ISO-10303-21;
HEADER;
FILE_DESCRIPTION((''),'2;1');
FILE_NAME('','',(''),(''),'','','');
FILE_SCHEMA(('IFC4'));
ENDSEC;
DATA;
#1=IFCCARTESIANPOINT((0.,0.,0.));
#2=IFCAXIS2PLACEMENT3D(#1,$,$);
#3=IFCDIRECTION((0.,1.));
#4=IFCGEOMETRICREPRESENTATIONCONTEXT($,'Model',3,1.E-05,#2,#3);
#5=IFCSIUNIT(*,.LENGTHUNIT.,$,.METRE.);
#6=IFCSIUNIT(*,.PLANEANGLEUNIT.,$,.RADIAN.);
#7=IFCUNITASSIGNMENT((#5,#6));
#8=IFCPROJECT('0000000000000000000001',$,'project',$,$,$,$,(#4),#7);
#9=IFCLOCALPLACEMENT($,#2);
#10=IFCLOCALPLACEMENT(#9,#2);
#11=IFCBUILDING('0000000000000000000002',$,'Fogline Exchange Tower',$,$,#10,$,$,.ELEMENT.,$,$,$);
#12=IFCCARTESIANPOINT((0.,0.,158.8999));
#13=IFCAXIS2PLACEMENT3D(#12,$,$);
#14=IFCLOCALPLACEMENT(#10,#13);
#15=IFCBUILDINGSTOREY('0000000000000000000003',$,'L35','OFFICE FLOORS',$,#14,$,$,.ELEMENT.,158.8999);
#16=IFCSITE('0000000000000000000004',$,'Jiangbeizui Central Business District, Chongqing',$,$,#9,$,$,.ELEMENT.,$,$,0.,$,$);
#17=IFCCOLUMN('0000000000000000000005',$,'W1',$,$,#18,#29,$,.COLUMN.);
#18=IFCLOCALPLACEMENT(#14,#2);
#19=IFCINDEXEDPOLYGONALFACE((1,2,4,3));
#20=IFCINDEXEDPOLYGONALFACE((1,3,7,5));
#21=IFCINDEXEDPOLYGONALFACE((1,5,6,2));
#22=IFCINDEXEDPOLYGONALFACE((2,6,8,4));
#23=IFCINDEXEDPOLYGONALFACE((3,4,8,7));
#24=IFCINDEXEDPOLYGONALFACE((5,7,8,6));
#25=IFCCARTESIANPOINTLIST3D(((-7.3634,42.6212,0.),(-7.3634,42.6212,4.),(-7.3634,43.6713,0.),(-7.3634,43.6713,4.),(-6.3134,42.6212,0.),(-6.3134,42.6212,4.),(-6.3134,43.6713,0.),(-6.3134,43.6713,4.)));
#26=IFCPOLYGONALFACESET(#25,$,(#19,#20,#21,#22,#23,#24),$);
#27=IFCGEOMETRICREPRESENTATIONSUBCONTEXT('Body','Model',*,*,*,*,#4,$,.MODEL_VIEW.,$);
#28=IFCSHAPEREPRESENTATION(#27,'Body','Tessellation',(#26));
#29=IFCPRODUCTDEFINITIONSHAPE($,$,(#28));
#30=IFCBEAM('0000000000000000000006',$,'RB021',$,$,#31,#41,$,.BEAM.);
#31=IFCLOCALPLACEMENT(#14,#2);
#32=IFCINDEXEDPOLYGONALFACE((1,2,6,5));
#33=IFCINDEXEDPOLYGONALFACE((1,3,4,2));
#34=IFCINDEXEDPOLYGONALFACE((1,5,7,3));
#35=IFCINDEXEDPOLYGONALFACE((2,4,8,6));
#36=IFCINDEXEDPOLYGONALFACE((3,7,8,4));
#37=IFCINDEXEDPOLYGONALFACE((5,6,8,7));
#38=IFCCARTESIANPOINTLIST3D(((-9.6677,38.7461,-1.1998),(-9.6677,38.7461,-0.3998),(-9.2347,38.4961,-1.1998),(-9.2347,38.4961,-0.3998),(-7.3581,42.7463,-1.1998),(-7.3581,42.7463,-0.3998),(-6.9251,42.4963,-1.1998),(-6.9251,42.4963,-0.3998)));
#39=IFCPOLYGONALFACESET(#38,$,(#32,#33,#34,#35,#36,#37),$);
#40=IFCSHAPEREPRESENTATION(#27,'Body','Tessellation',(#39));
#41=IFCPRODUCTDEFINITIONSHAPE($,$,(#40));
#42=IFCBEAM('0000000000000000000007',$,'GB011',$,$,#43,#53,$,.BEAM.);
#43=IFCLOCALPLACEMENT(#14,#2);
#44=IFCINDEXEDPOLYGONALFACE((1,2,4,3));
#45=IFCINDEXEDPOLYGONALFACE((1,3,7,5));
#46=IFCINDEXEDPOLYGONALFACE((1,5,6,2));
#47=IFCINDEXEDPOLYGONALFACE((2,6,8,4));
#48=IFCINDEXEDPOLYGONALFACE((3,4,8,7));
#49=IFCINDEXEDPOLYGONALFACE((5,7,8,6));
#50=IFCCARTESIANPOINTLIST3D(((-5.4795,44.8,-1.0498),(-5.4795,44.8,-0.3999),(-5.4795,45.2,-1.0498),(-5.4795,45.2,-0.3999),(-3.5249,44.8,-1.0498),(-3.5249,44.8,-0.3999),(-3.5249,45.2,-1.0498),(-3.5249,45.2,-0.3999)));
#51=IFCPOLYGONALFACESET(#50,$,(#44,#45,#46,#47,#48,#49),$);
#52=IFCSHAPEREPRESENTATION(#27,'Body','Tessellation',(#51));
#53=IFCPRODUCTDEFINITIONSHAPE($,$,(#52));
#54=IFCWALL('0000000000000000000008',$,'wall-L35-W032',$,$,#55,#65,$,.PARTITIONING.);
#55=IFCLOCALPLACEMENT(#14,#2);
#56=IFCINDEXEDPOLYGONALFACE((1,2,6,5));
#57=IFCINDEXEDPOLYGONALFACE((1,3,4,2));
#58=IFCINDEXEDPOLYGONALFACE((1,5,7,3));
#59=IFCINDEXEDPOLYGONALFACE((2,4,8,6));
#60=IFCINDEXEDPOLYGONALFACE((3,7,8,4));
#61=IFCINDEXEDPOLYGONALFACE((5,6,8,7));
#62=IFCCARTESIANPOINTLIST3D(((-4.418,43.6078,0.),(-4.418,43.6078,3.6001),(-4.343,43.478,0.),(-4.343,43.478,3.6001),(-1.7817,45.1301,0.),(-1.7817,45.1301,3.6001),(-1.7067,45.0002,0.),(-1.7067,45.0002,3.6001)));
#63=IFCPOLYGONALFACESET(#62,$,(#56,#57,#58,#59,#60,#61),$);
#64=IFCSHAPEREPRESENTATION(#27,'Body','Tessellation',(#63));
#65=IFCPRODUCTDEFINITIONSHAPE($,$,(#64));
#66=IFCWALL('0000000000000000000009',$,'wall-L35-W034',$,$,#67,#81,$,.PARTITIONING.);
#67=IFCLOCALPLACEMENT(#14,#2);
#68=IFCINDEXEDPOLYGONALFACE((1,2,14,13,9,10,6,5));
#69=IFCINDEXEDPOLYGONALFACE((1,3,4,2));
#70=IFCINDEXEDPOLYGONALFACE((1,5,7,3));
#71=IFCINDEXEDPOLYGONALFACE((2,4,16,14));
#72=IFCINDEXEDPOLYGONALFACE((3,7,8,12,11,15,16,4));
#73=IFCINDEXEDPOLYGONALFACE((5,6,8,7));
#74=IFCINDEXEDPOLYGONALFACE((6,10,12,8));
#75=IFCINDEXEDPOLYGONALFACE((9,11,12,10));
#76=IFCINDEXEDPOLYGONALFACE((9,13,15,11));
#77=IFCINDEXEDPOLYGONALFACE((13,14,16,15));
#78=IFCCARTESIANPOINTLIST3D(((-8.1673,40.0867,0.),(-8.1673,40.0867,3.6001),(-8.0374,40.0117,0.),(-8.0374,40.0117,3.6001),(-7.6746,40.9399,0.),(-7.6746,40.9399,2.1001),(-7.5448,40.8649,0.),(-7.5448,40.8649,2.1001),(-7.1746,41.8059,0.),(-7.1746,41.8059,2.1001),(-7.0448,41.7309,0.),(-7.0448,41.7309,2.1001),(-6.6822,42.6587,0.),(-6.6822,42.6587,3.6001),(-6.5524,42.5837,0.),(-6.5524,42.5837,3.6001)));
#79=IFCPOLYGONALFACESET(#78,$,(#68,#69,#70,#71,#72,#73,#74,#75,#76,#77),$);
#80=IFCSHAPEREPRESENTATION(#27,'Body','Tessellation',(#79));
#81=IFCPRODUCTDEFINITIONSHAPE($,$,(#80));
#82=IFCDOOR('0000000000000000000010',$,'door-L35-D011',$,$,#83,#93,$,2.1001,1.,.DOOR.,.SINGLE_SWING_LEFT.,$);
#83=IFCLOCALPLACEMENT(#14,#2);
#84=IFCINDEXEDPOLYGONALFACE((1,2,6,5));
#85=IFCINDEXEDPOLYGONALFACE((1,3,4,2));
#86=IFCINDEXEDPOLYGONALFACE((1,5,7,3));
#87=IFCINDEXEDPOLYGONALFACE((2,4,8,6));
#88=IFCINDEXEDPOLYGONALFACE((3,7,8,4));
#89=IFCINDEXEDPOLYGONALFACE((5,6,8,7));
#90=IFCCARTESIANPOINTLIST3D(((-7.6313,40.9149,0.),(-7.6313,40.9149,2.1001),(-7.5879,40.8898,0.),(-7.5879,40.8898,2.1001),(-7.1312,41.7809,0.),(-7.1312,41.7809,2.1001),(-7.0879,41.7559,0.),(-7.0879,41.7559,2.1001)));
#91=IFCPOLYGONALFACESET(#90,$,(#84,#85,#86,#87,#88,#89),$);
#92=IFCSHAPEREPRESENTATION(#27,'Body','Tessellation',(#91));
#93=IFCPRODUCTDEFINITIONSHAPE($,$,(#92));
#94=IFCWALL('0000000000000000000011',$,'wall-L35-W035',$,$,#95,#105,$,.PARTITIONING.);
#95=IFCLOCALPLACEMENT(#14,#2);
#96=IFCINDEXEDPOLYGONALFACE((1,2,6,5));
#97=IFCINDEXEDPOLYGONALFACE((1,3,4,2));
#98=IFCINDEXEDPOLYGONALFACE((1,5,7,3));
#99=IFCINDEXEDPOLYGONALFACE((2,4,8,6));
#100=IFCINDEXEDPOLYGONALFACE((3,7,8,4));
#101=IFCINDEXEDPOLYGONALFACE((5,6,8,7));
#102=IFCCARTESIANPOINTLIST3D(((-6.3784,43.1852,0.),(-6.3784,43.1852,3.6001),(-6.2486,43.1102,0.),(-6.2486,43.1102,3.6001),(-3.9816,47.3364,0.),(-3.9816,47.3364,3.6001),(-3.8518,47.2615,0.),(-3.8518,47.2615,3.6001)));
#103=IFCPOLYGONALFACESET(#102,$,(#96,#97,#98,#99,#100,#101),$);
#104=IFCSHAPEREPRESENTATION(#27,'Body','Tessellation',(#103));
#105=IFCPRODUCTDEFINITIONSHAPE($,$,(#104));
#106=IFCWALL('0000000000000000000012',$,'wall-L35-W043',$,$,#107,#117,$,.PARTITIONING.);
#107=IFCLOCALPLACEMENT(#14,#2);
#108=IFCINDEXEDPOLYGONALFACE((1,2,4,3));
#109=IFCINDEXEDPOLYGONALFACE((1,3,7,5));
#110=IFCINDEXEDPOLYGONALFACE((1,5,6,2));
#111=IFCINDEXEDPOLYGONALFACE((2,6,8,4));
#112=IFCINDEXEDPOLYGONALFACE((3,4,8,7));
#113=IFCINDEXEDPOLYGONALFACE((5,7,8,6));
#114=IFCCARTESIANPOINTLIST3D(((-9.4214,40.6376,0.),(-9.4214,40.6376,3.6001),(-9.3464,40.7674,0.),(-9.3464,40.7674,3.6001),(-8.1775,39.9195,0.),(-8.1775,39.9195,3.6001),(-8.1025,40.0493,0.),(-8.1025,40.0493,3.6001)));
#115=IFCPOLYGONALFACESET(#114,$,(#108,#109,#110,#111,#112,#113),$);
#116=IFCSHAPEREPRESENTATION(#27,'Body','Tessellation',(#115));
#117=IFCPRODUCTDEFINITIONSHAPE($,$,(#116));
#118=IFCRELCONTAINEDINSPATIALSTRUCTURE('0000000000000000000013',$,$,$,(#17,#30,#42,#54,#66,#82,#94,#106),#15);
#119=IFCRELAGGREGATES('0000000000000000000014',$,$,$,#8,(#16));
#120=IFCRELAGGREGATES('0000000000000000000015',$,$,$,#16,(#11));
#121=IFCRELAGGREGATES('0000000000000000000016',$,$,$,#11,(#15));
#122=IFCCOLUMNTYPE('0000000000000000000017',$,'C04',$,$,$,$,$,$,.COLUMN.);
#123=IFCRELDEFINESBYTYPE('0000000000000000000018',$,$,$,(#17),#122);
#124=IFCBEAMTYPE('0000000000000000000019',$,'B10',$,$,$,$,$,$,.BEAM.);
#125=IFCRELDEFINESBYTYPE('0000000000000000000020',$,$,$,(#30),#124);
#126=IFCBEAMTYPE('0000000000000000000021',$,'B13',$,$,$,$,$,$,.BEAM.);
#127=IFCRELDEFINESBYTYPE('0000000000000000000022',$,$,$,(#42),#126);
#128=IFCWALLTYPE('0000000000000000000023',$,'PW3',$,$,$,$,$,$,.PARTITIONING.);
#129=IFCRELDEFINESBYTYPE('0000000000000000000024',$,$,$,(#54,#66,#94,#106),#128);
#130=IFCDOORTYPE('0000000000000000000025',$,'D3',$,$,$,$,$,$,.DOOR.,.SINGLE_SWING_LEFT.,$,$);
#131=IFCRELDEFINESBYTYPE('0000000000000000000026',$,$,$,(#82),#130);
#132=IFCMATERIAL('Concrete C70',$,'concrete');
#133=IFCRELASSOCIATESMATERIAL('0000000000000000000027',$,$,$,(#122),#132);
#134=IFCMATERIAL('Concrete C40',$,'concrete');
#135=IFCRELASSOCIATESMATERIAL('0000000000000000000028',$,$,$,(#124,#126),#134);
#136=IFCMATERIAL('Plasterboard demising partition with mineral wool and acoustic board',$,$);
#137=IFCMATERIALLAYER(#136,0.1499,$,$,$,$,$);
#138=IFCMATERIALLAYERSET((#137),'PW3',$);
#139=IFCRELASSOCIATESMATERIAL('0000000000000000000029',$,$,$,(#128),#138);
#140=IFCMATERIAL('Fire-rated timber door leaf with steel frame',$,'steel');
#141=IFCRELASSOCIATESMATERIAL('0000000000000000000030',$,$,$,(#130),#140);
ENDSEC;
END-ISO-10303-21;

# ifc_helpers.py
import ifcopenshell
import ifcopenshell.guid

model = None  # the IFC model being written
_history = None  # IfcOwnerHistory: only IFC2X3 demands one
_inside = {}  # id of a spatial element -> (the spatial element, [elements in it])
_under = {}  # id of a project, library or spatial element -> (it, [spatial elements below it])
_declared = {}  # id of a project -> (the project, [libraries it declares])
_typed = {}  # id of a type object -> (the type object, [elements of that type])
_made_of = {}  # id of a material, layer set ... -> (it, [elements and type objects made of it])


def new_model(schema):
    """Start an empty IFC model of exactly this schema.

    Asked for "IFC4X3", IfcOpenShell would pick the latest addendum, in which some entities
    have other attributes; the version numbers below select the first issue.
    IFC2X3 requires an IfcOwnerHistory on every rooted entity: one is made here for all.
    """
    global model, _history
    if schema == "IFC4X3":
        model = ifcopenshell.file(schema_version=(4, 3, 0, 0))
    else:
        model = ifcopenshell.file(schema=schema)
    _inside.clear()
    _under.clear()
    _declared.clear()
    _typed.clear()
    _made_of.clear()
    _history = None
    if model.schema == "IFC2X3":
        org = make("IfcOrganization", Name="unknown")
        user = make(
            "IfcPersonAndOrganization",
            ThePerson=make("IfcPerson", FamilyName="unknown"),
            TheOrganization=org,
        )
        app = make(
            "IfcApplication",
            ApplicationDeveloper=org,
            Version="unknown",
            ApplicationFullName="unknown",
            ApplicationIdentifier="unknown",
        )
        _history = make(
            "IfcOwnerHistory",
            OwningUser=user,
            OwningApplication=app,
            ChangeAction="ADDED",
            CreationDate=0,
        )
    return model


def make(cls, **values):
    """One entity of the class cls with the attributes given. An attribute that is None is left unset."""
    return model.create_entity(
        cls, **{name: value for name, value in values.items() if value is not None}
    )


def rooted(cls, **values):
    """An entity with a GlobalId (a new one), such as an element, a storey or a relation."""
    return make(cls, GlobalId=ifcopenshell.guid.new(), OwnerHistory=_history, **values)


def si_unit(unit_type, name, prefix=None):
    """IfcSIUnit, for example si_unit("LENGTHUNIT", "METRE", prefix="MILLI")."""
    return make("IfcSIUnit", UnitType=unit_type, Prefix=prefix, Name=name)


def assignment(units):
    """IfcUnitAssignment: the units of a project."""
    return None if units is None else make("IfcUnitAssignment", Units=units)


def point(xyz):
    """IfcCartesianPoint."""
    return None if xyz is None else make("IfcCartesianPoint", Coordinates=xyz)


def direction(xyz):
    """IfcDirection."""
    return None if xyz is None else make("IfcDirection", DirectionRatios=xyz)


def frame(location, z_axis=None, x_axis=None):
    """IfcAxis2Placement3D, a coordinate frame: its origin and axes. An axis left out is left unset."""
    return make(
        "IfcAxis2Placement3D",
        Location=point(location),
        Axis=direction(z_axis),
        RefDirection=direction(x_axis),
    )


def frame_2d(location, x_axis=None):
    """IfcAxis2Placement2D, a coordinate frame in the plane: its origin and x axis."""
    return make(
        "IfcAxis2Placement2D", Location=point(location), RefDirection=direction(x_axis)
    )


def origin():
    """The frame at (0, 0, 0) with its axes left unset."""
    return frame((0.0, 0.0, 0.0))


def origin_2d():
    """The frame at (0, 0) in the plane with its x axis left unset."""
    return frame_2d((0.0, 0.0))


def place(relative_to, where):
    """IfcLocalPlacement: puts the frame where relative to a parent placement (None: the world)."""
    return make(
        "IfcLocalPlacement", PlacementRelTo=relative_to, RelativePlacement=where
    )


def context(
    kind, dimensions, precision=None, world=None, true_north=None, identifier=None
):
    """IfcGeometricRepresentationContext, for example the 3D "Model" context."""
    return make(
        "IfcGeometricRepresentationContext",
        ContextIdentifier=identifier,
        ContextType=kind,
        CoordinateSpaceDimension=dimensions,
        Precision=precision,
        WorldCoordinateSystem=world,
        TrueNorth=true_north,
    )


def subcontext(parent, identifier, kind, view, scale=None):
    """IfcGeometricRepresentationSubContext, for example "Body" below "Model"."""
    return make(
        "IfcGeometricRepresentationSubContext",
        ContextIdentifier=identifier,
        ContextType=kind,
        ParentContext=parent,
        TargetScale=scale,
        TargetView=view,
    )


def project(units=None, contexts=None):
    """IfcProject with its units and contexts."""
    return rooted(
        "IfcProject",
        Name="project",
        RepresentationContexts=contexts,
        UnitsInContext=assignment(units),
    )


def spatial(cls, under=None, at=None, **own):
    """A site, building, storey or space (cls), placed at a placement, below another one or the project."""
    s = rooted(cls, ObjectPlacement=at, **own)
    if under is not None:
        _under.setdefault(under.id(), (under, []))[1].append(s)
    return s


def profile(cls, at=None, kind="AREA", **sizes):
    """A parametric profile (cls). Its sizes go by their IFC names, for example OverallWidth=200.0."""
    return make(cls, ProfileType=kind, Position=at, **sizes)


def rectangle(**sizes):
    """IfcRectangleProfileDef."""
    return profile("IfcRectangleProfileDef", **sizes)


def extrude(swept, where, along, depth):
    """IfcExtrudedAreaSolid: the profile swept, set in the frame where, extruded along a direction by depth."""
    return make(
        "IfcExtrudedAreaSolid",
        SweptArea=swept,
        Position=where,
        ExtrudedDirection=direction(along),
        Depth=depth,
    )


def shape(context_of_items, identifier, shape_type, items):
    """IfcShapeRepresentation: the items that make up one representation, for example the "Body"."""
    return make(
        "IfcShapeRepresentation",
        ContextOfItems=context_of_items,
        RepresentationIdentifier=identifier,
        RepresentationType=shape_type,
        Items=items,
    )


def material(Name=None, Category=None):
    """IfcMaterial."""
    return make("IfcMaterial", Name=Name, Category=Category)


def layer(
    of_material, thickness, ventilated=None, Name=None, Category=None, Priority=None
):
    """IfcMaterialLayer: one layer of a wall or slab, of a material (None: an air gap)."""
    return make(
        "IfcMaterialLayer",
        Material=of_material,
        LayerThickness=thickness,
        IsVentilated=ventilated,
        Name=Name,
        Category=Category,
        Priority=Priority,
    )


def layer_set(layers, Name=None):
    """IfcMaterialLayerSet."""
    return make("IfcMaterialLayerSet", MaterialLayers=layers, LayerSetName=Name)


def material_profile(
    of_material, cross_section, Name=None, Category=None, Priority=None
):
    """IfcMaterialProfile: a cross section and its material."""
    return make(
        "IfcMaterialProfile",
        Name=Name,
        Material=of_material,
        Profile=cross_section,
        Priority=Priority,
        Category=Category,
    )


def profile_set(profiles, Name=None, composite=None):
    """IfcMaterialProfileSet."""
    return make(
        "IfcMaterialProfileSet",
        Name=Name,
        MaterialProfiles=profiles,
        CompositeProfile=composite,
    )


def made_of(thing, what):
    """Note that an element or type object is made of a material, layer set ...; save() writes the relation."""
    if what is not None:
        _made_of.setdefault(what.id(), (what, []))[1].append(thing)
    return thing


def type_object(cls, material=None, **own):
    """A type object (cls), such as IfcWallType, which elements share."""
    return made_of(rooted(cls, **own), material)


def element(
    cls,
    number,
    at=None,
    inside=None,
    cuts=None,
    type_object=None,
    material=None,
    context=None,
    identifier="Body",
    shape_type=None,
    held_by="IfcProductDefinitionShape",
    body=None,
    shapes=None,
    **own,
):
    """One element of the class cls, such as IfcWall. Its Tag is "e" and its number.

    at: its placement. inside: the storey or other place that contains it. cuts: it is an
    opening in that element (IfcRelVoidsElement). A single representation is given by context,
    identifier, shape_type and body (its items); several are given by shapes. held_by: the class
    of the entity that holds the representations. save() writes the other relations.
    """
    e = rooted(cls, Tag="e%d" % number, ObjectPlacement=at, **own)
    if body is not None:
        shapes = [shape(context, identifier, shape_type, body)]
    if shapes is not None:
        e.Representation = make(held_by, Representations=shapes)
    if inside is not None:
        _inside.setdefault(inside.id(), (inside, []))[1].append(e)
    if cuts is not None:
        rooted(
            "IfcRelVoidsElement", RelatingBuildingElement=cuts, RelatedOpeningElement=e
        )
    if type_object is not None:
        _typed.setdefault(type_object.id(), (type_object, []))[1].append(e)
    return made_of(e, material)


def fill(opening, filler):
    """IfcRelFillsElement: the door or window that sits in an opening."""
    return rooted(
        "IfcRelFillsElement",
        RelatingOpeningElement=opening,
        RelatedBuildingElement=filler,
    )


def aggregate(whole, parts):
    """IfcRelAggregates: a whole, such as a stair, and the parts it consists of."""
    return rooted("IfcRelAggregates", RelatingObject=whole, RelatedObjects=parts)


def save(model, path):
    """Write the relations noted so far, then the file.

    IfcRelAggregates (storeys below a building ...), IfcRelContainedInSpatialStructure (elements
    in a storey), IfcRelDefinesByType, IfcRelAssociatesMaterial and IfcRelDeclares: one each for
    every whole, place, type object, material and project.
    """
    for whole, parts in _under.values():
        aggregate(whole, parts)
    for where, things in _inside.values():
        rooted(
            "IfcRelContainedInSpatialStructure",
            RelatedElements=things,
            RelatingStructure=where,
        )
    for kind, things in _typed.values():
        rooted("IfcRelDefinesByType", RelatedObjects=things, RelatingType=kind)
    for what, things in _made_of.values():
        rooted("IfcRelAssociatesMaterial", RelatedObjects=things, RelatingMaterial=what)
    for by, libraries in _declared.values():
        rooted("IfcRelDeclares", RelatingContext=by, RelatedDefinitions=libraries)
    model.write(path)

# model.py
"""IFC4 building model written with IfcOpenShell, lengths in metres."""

from ifc_helpers import new_model, si_unit, direction, frame, frame_2d, origin, origin_2d, place, context, subcontext, project, spatial, rectangle, extrude, material, layer, layer_set, material_profile, profile_set, type_object, element, fill, save


model = new_model("IFC4")

# Units and contexts
model_context = context("Model", 3, precision=1e-05, world=origin(), true_north=direction((0.0, 1.0)))
body_context = subcontext(model_context, "Body", "Model", "MODEL_VIEW")
ifc_project = project(units=[si_unit("LENGTHUNIT", "METRE"), si_unit("PLANEANGLEUNIT", "RADIAN")], contexts=[model_context])

# Site, building, storey
site_placement = place(None, origin())
site = spatial("IfcSite", under=ifc_project, at=site_placement, Name="Jiangbeizui Central Business District, Chongqing", CompositionType="ELEMENT", RefElevation=0.0)
building_placement = place(site_placement, origin())
building = spatial("IfcBuilding", under=site, at=building_placement, Name="Fogline Exchange Tower", CompositionType="ELEMENT")
storey_placement = place(building_placement, frame((0.0, 0.0, 158.8999)))
storey = spatial("IfcBuildingStorey", under=building, at=storey_placement, Name="L35", Description="OFFICE FLOORS", CompositionType="ELEMENT", Elevation=158.8999)

# Column
ifc_material_1 = material(Name="Concrete C70", Category="concrete")
ifc_material_profile_1 = material_profile(ifc_material_1, rectangle(XDim=1.05, YDim=1.05, at=origin_2d()), Name="RC 1050x1050")
ifc_profile_set_1 = profile_set([ifc_material_profile_1], Name="Concrete C70")
column_type = type_object("IfcColumnType", Name="C04", PredefinedType="COLUMN", material=ifc_profile_set_1)
column_placement = place(storey_placement, frame((-6.8384, 43.1462, 0.0), z_axis=(0.0, 0.0, 1.0), x_axis=(1.0, 0.0, 0.0)))
element("IfcColumn", 1, at=column_placement, inside=storey, type_object=column_type, Name="W1", PredefinedType="COLUMN", context=body_context, shape_type="SweptSolid", body=[
    extrude(rectangle(XDim=1.05, YDim=1.05, at=origin_2d()), origin(), (0.0, 0.0, 1.0), 4.0),
])

# Beams
ifc_material_2 = material(Name="Concrete C40", Category="concrete")
ifc_material_profile_2 = material_profile(ifc_material_2, rectangle(XDim=0.5, YDim=0.8, at=origin_2d()), Name="RC 500x800")
ifc_profile_set_2 = profile_set([ifc_material_profile_2], Name="Concrete C40")
beam_type_1 = type_object("IfcBeamType", Name="B10", PredefinedType="BEAM", material=ifc_profile_set_2)
beam_1_placement = place(storey_placement, frame((-7.1416, 42.6213, -0.7998), z_axis=(-0.500005, -0.866023, 0.0), x_axis=(0.866023, -0.500005, 0.0)))
element("IfcBeam", 2, at=beam_1_placement, inside=storey, type_object=beam_type_1, Name="RB021", PredefinedType="BEAM", context=body_context, shape_type="SweptSolid", body=[
    extrude(rectangle(XDim=0.5, YDim=0.8, at=origin_2d()), origin(), (0.0, 0.0, 1.0), 4.6191),
])
ifc_material_profile_3 = material_profile(ifc_material_2, rectangle(XDim=0.3999, YDim=0.6499, at=origin_2d()), Name="RC 400x650")
ifc_profile_set_3 = profile_set([ifc_material_profile_3], Name="Concrete C40")
beam_type_2 = type_object("IfcBeamType", Name="B13", PredefinedType="BEAM", material=ifc_profile_set_3)
beam_2_placement = place(storey_placement, frame((-5.4795, 45.0, -0.7249), z_axis=(1.0, 0.0, 0.0), x_axis=(0.0, 1.0, 0.0)))
element("IfcBeam", 3, at=beam_2_placement, inside=storey, type_object=beam_type_2, Name="GB011", PredefinedType="BEAM", context=body_context, shape_type="SweptSolid", body=[
    extrude(rectangle(XDim=0.3999, YDim=0.6499, at=origin_2d()), origin(), (0.0, 0.0, 1.0), 1.9546),
])

# Wall
ifc_material_3 = material(Name="Plasterboard demising partition with mineral wool and acoustic board")
ifc_layer = layer(ifc_material_3, 0.1499)
ifc_layer_set = layer_set([ifc_layer], Name="PW3")
wall_type = type_object("IfcWallType", Name="PW3", PredefinedType="PARTITIONING", material=ifc_layer_set)
wall_1_placement = place(storey_placement, frame((-4.3804, 43.543, 0.0), z_axis=(0.0, 0.0, 1.0), x_axis=(0.865999, 0.500046, 0.0)))
element("IfcWall", 4, at=wall_1_placement, inside=storey, type_object=wall_type, Name="wall-L35-W032", PredefinedType="PARTITIONING", context=body_context, shape_type="SweptSolid", body=[
    extrude(rectangle(XDim=3.0442, YDim=0.1499, at=frame_2d((1.522, 0.0))), origin(), (0.0, 0.0, 1.0), 3.6001),
])

# Wall, opening, door
wall_2_placement = place(storey_placement, frame((-8.1023, 40.0493, 0.0), z_axis=(0.0, 0.0, 1.0), x_axis=(0.500038, 0.866004, 0.0)))
wall_2 = element("IfcWall", 5, at=wall_2_placement, inside=storey, type_object=wall_type, Name="wall-L35-W034", PredefinedType="PARTITIONING", context=body_context, shape_type="SweptSolid", body=[
    extrude(rectangle(XDim=2.97, YDim=0.1499, at=frame_2d((1.4849, 0.0))), origin(), (0.0, 0.0, 1.0), 3.6001),
])
opening_placement = place(wall_2_placement, frame((0.9851, 0.0, 0.0)))
opening = element("IfcOpeningElement", 6, at=opening_placement, cuts=wall_2, PredefinedType="OPENING", context=body_context, shape_type="SweptSolid", body=[
    extrude(rectangle(XDim=1.0, YDim=2.1001, at=frame_2d((0.5, 1.05))), frame((0.0, 0.085, 0.0), z_axis=(0.0, -1.0, 0.0), x_axis=(1.0, 0.0, 0.0)), (0.0, 0.0, 1.0), 0.1699),
])
ifc_material_4 = material(Name="Fire-rated timber door leaf with steel frame", Category="steel")
door_type = type_object("IfcDoorType", Name="D3", OperationType="SINGLE_SWING_LEFT", PredefinedType="DOOR", material=ifc_material_4)
door_placement = place(opening_placement, origin())
door = element("IfcDoor", 7, at=door_placement, inside=storey, type_object=door_type, Name="door-L35-D011", OperationType="SINGLE_SWING_LEFT", OverallHeight=2.1001, OverallWidth=1.0, PredefinedType="DOOR", context=body_context, shape_type="SweptSolid", body=[
    extrude(rectangle(XDim=1.0, YDim=2.1001, at=frame_2d((0.5, 1.05))), frame((0.0, 0.0249, 0.0), z_axis=(0.0, -1.0, 0.0), x_axis=(1.0, 0.0, 0.0)), (0.0, 0.0, 1.0), 0.05),
])
fill(opening, door)

# Walls
wall_3_placement = place(storey_placement, frame((-6.3135, 43.1477, 0.0), z_axis=(0.0, 0.0, 1.0), x_axis=(0.500012, 0.866018, 0.0)))
element("IfcWall", 8, at=wall_3_placement, inside=storey, type_object=wall_type, Name="wall-L35-W035", PredefinedType="PARTITIONING", context=body_context, shape_type="SweptSolid", body=[
    extrude(rectangle(XDim=4.7935, YDim=0.1499, at=frame_2d((2.3967, 0.0))), origin(), (0.0, 0.0, 1.0), 3.6001),
])
wall_4_placement = place(storey_placement, frame((-8.1399, 39.9844, 0.0), z_axis=(0.0, 0.0, 1.0), x_axis=(-0.86607, 0.499924, 0.0)))
element("IfcWall", 9, at=wall_4_placement, inside=storey, type_object=wall_type, Name="wall-L35-W043", PredefinedType="PARTITIONING", context=body_context, shape_type="SweptSolid", body=[
    extrude(rectangle(XDim=1.4363, YDim=0.1499, at=frame_2d((0.7183, 0.0))), origin(), (0.0, 0.0, 1.0), 3.6001),
])

save(model, "model.ifc")
